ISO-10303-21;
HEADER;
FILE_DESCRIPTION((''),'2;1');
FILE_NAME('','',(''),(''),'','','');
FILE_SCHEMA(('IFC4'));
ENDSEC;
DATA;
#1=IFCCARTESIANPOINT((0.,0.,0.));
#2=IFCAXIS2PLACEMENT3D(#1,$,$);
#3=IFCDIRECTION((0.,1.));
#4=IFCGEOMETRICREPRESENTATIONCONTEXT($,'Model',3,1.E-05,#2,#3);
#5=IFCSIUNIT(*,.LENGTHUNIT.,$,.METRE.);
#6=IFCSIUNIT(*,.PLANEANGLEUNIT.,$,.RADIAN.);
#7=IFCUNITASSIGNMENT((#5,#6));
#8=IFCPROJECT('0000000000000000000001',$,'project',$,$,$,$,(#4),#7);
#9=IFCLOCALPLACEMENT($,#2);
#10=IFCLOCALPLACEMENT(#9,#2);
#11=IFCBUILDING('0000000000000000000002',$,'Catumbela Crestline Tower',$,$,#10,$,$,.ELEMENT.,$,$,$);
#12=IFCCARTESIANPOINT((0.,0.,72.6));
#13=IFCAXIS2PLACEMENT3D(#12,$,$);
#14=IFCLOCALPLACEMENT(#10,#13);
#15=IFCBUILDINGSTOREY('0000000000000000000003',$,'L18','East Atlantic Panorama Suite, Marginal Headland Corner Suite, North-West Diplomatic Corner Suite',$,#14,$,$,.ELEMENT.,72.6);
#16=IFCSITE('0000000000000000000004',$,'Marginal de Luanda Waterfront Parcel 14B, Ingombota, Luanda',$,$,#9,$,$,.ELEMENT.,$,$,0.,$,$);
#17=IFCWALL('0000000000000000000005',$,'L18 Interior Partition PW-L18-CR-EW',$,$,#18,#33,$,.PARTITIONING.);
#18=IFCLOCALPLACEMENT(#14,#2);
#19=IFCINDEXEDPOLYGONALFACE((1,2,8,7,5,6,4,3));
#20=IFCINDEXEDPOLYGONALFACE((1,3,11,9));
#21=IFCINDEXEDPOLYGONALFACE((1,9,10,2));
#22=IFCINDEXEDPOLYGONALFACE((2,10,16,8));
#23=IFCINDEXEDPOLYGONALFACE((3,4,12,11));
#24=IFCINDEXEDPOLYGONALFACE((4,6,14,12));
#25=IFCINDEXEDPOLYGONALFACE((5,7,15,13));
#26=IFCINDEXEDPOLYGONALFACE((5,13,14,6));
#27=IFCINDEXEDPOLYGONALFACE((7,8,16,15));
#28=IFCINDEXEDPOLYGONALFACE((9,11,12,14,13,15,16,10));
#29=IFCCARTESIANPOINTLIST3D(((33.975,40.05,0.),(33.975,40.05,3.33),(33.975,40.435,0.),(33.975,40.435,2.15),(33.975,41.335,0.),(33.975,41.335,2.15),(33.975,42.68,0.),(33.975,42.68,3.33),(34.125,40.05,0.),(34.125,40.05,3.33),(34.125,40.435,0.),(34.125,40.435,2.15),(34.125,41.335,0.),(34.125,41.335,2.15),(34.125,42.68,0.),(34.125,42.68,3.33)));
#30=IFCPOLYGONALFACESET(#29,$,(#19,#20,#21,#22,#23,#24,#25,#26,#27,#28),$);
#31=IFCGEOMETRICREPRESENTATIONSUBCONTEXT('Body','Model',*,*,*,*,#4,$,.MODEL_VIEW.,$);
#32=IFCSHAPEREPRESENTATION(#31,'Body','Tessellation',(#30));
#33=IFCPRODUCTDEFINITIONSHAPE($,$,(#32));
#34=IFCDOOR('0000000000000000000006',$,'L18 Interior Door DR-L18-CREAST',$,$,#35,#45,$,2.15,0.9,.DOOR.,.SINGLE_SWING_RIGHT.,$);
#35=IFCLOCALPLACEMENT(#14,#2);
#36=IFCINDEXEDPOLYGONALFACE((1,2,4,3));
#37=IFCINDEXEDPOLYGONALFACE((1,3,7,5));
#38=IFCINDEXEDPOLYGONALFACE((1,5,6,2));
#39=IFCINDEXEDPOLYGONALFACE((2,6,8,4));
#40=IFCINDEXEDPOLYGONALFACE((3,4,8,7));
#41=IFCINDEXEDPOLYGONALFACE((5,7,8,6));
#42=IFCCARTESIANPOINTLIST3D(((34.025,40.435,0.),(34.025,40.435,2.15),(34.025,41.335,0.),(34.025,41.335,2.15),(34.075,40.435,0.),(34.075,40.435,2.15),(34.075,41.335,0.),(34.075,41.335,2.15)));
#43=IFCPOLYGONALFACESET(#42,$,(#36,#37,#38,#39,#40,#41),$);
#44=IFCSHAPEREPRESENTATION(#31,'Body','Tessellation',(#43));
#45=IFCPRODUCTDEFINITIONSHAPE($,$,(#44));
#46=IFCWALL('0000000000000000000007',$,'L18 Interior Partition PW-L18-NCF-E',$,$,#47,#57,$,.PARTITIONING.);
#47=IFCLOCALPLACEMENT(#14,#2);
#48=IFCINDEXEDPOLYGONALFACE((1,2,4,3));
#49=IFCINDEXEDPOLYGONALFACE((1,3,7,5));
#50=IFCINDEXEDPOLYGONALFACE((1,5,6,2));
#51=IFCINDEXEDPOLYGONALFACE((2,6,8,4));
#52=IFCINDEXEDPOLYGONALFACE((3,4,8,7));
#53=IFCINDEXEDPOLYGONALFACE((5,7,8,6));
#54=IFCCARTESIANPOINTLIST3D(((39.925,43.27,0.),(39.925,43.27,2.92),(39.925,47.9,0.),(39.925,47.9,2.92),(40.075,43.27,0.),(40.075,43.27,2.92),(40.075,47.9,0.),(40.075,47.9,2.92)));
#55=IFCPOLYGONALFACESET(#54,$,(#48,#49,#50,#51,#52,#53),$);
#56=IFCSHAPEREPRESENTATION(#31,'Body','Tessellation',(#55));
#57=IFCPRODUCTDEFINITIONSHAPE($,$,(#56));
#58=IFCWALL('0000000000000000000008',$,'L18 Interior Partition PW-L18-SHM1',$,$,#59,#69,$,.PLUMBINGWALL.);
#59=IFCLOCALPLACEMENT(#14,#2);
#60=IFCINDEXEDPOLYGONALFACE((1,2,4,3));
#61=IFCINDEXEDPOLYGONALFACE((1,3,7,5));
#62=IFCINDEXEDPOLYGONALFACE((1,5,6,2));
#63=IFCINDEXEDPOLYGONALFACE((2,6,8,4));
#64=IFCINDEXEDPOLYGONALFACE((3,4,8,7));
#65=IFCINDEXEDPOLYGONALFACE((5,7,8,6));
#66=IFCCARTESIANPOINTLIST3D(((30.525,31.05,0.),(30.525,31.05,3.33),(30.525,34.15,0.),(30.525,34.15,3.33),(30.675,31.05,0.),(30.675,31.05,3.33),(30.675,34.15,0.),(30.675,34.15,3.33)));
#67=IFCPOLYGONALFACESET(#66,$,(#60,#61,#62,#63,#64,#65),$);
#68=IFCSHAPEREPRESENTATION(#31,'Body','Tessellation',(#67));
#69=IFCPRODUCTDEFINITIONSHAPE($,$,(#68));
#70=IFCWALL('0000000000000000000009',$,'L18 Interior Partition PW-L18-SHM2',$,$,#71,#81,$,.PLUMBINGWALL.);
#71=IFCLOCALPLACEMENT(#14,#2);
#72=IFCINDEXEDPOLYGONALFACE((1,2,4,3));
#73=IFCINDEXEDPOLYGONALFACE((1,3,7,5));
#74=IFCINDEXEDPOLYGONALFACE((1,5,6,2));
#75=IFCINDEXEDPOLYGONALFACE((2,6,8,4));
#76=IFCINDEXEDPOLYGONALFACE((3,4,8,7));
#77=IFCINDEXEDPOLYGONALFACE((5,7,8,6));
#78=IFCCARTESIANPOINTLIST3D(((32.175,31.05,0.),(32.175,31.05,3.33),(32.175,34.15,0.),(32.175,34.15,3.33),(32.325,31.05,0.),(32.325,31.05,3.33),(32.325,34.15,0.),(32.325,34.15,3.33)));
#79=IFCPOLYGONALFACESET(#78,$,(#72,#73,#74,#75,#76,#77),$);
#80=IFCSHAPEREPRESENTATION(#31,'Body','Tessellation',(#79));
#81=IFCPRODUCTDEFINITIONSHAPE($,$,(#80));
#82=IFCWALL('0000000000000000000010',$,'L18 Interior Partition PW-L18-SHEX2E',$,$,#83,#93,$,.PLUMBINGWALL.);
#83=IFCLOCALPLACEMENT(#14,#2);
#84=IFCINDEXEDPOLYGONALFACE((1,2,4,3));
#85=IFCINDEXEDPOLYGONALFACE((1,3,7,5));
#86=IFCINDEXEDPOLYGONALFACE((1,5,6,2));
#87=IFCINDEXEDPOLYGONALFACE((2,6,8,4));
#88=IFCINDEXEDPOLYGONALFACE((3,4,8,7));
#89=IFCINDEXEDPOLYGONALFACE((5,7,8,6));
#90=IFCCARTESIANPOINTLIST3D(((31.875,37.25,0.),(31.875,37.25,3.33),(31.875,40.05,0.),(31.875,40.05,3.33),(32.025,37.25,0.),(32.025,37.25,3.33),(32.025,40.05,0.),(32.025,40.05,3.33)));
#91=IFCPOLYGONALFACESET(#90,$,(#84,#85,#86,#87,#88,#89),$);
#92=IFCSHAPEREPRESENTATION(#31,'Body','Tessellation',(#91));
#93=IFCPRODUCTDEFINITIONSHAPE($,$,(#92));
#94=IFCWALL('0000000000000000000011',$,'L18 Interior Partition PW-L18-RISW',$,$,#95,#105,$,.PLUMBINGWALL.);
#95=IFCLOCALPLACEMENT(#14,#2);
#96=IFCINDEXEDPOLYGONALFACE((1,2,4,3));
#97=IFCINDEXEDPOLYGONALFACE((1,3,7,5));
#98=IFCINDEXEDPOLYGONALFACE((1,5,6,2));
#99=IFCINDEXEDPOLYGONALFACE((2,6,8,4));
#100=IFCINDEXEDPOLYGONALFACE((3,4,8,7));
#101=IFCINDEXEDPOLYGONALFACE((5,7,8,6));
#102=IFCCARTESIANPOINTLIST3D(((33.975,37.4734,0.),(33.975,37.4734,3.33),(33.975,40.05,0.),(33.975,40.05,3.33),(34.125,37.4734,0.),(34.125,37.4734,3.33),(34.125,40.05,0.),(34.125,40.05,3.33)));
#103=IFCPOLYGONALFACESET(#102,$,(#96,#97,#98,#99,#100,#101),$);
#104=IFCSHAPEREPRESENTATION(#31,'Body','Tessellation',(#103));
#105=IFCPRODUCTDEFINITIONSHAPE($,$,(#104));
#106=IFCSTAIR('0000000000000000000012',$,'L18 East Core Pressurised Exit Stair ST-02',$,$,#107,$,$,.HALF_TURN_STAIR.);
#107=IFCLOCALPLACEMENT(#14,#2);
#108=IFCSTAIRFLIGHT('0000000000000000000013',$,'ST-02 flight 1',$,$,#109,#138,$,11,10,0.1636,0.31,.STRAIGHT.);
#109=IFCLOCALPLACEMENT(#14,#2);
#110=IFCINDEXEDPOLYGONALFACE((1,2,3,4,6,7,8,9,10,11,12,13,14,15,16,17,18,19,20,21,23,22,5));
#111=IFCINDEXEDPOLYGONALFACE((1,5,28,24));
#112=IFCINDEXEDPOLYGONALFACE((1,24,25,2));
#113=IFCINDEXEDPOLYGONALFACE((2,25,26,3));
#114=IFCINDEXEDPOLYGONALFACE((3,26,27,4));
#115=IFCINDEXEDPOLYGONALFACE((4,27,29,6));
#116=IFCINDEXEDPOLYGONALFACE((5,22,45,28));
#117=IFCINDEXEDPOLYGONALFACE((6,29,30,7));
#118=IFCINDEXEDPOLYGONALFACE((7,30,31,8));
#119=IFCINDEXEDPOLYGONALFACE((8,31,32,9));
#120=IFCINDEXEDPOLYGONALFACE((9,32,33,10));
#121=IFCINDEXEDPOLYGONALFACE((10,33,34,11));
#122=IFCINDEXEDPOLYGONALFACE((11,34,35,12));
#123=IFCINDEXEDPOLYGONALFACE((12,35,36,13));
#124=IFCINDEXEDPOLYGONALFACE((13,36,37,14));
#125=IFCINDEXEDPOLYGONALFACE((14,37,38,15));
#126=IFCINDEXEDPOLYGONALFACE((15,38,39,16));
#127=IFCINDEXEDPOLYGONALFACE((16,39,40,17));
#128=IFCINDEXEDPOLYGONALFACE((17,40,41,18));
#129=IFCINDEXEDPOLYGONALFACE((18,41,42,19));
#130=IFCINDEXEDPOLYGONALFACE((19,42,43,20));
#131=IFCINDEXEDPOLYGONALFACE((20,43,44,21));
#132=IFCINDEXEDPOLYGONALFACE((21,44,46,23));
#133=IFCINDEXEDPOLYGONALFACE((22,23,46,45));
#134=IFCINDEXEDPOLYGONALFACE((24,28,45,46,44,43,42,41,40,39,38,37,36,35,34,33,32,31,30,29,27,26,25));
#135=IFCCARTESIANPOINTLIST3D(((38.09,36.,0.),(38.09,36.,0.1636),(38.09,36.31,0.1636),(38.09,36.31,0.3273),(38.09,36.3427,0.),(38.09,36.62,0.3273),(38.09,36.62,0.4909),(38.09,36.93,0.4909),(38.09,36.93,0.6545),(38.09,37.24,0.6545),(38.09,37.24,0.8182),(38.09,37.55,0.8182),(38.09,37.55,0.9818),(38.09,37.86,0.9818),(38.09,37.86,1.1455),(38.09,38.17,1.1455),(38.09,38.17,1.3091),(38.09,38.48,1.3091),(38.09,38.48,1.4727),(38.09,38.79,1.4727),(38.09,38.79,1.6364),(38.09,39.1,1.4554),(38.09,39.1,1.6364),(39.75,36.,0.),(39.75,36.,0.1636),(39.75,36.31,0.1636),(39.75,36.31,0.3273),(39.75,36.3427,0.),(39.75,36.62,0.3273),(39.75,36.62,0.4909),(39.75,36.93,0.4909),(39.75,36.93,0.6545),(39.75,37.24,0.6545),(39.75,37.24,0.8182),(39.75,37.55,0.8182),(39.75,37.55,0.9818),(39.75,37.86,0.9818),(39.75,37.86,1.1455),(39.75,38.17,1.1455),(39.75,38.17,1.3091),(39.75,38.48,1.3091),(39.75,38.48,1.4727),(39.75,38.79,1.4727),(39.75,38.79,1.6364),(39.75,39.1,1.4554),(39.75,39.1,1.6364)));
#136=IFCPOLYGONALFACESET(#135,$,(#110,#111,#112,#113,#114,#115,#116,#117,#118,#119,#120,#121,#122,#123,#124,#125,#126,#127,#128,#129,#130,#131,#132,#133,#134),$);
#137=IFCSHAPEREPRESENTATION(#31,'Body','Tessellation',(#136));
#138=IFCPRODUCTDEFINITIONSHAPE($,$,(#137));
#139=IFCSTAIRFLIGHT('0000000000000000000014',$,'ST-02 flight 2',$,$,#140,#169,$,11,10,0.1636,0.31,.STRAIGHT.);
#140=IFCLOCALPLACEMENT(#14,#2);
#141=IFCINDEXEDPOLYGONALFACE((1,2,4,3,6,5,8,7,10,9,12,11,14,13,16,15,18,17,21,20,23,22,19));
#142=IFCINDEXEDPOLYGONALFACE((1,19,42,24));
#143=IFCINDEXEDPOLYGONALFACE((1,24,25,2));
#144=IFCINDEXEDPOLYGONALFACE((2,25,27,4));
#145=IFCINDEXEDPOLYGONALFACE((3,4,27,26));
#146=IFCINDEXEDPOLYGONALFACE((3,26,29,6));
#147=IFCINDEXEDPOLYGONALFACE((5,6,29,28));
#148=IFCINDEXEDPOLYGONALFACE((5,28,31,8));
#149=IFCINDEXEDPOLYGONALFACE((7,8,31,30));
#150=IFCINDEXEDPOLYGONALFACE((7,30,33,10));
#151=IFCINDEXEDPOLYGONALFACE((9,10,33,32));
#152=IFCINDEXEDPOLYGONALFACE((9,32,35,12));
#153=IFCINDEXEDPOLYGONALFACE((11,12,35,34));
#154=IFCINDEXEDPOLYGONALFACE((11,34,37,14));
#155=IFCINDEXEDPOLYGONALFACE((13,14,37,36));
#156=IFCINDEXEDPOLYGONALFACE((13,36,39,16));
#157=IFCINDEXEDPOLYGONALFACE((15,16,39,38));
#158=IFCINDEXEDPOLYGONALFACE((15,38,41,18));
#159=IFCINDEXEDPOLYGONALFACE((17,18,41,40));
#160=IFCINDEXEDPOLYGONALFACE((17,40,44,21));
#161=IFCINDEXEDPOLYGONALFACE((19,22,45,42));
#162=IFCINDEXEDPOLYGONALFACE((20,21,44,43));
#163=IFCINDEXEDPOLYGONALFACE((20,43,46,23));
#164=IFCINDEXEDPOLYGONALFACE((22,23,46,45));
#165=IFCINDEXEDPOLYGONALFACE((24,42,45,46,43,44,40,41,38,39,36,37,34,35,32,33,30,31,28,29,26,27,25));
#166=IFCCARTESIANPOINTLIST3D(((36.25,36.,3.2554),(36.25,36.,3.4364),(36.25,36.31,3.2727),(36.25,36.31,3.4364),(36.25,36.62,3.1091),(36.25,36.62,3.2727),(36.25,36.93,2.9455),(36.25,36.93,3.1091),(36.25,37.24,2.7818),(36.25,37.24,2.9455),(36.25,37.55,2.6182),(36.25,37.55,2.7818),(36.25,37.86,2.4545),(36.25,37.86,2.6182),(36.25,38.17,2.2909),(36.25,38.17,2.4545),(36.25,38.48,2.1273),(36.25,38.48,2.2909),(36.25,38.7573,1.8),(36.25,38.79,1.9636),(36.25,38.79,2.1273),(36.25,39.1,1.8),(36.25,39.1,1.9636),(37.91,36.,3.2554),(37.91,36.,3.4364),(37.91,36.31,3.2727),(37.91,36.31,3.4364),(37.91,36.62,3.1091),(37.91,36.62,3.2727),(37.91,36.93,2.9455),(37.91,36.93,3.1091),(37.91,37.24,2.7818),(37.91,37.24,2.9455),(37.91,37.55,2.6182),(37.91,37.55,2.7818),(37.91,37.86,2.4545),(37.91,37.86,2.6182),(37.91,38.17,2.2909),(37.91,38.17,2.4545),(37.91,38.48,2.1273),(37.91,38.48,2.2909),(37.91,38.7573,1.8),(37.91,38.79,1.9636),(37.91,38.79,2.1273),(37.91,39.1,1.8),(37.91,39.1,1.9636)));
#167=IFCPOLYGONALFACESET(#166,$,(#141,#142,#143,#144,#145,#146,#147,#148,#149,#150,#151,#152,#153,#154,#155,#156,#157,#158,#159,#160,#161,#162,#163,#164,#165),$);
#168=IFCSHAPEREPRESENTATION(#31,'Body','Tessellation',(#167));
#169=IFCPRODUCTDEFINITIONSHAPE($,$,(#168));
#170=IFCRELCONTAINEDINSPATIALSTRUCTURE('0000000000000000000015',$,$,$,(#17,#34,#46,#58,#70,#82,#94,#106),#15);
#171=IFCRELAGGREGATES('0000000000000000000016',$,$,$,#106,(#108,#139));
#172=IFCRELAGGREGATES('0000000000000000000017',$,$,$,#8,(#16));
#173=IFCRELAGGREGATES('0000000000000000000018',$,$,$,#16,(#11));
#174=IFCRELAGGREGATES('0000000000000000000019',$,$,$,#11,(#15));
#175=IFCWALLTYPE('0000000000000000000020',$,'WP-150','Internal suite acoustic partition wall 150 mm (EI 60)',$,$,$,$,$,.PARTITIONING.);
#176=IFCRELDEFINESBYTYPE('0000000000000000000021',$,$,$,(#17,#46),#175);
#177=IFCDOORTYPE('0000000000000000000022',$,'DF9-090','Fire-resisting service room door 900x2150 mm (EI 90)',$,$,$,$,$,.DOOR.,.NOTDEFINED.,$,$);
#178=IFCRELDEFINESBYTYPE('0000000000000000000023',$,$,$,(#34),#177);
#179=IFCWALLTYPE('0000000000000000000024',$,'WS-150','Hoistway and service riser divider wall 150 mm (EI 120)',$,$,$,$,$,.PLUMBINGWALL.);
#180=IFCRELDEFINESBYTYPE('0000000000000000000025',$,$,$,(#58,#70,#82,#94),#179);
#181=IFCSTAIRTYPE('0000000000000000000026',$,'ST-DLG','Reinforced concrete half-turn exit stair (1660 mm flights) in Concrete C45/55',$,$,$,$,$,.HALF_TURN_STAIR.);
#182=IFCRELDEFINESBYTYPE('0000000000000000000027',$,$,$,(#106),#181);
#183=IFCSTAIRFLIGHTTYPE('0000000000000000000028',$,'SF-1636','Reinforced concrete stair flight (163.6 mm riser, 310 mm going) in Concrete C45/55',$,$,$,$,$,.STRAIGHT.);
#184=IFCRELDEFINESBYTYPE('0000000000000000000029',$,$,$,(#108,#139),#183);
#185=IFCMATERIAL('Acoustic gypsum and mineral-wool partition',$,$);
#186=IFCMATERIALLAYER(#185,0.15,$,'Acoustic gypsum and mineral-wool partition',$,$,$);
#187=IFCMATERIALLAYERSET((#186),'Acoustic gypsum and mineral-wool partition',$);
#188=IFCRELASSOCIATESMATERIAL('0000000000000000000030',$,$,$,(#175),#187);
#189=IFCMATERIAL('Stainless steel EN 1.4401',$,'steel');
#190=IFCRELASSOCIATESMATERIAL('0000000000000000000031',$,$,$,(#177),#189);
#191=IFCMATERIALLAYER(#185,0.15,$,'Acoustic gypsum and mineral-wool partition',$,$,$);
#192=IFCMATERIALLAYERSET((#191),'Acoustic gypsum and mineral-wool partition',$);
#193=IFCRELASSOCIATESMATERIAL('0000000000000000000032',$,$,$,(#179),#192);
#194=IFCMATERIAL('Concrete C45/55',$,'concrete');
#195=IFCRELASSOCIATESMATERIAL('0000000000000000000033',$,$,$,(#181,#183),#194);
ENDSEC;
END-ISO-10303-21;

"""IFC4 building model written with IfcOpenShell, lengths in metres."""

from ifc_helpers import new_model, si_unit, direction, frame, frame_2d, origin, place, context, subcontext, project, spatial, polyline, rectangle, outline, extrude, material, layer, layer_set, type_object, element, fill, aggregate, save


model = new_model("IFC4")

# Units and contexts
model_context = context("Model", 3, precision=1e-05, world=origin(), true_north=direction((0.0, 1.0)))
body_context = subcontext(model_context, "Body", "Model", "MODEL_VIEW")
ifc_project = project(units=[si_unit("LENGTHUNIT", "METRE"), si_unit("PLANEANGLEUNIT", "RADIAN")], contexts=[model_context])

# Site, building, storey
site_placement = place(None, origin())
site = spatial("IfcSite", under=ifc_project, at=site_placement, Name="Marginal de Luanda Waterfront Parcel 14B, Ingombota, Luanda", CompositionType="ELEMENT", RefElevation=0.0)
building_placement = place(site_placement, origin())
building = spatial("IfcBuilding", under=site, at=building_placement, Name="Catumbela Crestline Tower", CompositionType="ELEMENT")
storey_placement = place(building_placement, frame((0.0, 0.0, 72.6)))
storey = spatial("IfcBuildingStorey", under=building, at=storey_placement, Name="L18", Description="East Atlantic Panorama Suite, Marginal Headland Corner Suite, North-West Diplomatic Corner Suite", CompositionType="ELEMENT", Elevation=72.6)

# Shared definitions
ifc_material_1 = material(Name="Stainless steel EN 1.4401", Category="steel")

# Shared definitions
ifc_material_2 = material(Name="Acoustic gypsum and mineral-wool partition")
ifc_layer_1 = layer(ifc_material_2, 0.15, Name="Acoustic gypsum and mineral-wool partition")
ifc_layer_set_1 = layer_set([ifc_layer_1], Name="Acoustic gypsum and mineral-wool partition")
wall_type_1 = type_object("IfcWallType", Name="WP-150", Description="Internal suite acoustic partition wall 150 mm (EI 60)", PredefinedType="PARTITIONING", material=ifc_layer_set_1)

# Wall, opening, door
wall_1_placement = place(storey_placement, frame((34.05, 40.05, 0.0), z_axis=(0.0, 0.0, 1.0), x_axis=(0.0, 1.0, 0.0)))
wall_1 = element("IfcWall", 1, at=wall_1_placement, inside=storey, type_object=wall_type_1, Name="L18 Interior Partition PW-L18-CR-EW", PredefinedType="PARTITIONING", context=body_context, shape_type="SweptSolid", body=[
    extrude(rectangle(XDim=2.63, YDim=0.15, at=frame_2d((1.315, 0.0))), origin(), (0.0, 0.0, 1.0), 3.33),
])
opening_1_placement = place(wall_1_placement, frame((0.385, 0.0, 0.0)))
opening_1 = element("IfcOpeningElement", 2, at=opening_1_placement, cuts=wall_1, PredefinedType="OPENING", context=body_context, shape_type="SweptSolid", body=[
    extrude(rectangle(XDim=0.9, YDim=2.15, at=frame_2d((0.45, 1.075))), frame((0.0, 0.085, 0.0), z_axis=(0.0, -1.0, 0.0), x_axis=(1.0, 0.0, 0.0)), (0.0, 0.0, 1.0), 0.17),
])
door_type_1 = type_object("IfcDoorType", Name="DF9-090", Description="Fire-resisting service room door 900x2150 mm (EI 90)", OperationType="NOTDEFINED", PredefinedType="DOOR", material=ifc_material_1)
door_1_placement = place(opening_1_placement, origin())
door_1 = element("IfcDoor", 3, at=door_1_placement, inside=storey, type_object=door_type_1, Name="L18 Interior Door DR-L18-CREAST", OperationType="SINGLE_SWING_RIGHT", OverallHeight=2.15, OverallWidth=0.9, PredefinedType="DOOR", context=body_context, shape_type="SweptSolid", body=[
    extrude(rectangle(XDim=0.9, YDim=2.15, at=frame_2d((0.45, 1.075))), frame((0.0, 0.025, 0.0), z_axis=(0.0, -1.0, 0.0), x_axis=(1.0, 0.0, 0.0)), (0.0, 0.0, 1.0), 0.05),
])
fill(opening_1, door_1)

# Walls
wall_2_placement = place(storey_placement, frame((40.0, 43.27, 0.0), z_axis=(0.0, 0.0, 1.0), x_axis=(0.0, 1.0, 0.0)))
element("IfcWall", 4, at=wall_2_placement, inside=storey, type_object=wall_type_1, Name="L18 Interior Partition PW-L18-NCF-E", PredefinedType="PARTITIONING", context=body_context, shape_type="SweptSolid", body=[
    extrude(rectangle(XDim=4.63, YDim=0.15, at=frame_2d((2.315, 0.0))), origin(), (0.0, 0.0, 1.0), 2.92),
])
ifc_layer_2 = layer(ifc_material_2, 0.15, Name="Acoustic gypsum and mineral-wool partition")
ifc_layer_set_2 = layer_set([ifc_layer_2], Name="Acoustic gypsum and mineral-wool partition")
wall_type_2 = type_object("IfcWallType", Name="WS-150", Description="Hoistway and service riser divider wall 150 mm (EI 120)", PredefinedType="PLUMBINGWALL", material=ifc_layer_set_2)
for number, where, z_axis, x_axis, name in (
    (5, (30.6, 31.05, 0.0), (0.0, 0.0, 1.0), (0.0, 1.0, 0.0), "L18 Interior Partition PW-L18-SHM1"),
    (6, (32.25, 31.05, 0.0), (0.0, 0.0, 1.0), (0.0, 1.0, 0.0), "L18 Interior Partition PW-L18-SHM2"),
):
    element("IfcWall", number, at=place(storey_placement, frame(where, z_axis=z_axis, x_axis=x_axis)), inside=storey, type_object=wall_type_2, Name=name, PredefinedType="PLUMBINGWALL", context=body_context, shape_type="SweptSolid", body=[
        extrude(rectangle(XDim=3.1, YDim=0.15, at=frame_2d((1.55, 0.0))), origin(), (0.0, 0.0, 1.0), 3.33),
    ])
wall_3_placement = place(storey_placement, frame((31.95, 37.25, 0.0), z_axis=(0.0, 0.0, 1.0), x_axis=(0.0, 1.0, 0.0)))
element("IfcWall", 7, at=wall_3_placement, inside=storey, type_object=wall_type_2, Name="L18 Interior Partition PW-L18-SHEX2E", PredefinedType="PLUMBINGWALL", context=body_context, shape_type="SweptSolid", body=[
    extrude(rectangle(XDim=2.8, YDim=0.15, at=frame_2d((1.4, 0.0))), origin(), (0.0, 0.0, 1.0), 3.33),
])
wall_4_placement = place(storey_placement, frame((34.05, 37.4734, 0.0), z_axis=(0.0, 0.0, 1.0), x_axis=(0.0, 1.0, 0.0)))
element("IfcWall", 8, at=wall_4_placement, inside=storey, type_object=wall_type_2, Name="L18 Interior Partition PW-L18-RISW", PredefinedType="PLUMBINGWALL", context=body_context, shape_type="SweptSolid", body=[
    extrude(rectangle(XDim=2.5766, YDim=0.15, at=frame_2d((1.2883, 0.0))), origin(), (0.0, 0.0, 1.0), 3.33),
])

# Stair, stair flights
ifc_material_3 = material(Name="Concrete C45/55", Category="concrete")
stair_type = type_object("IfcStairType", Name="ST-DLG", Description="Reinforced concrete half-turn exit stair (1660 mm flights) in Concrete C45/55", PredefinedType="HALF_TURN_STAIR", material=ifc_material_3)
stair_placement = place(storey_placement, origin())
stair = element("IfcStair", 9, at=stair_placement, inside=storey, type_object=stair_type, Name="L18 East Core Pressurised Exit Stair ST-02", PredefinedType="HALF_TURN_STAIR")
stair_flight_type = type_object("IfcStairFlightType", Name="SF-1636", Description="Reinforced concrete stair flight (163.6 mm riser, 310 mm going) in Concrete C45/55", PredefinedType="STRAIGHT", material=ifc_material_3)
stair_flight_1_placement = place(storey_placement, frame((38.92, 36.0, 0.0), z_axis=(0.0, 0.0, 1.0), x_axis=(0.0, 1.0, 0.0)))
stair_flight_1 = element("IfcStairFlight", 10, at=stair_flight_1_placement, type_object=stair_flight_type, Name="ST-02 flight 1", NumberOfRisers=11, NumberOfTreads=10, PredefinedType="STRAIGHT", RiserHeight=0.1636, TreadLength=0.31, context=body_context, shape_type="SweptSolid", body=[
    extrude(outline(polyline([(0.0, 0.0), (0.0, 0.1636), (0.31, 0.1636), (0.31, 0.3273), (0.62, 0.3273), (0.62, 0.4909), (0.93, 0.4909), (0.93, 0.6545), (1.24, 0.6545), (1.24, 0.8182), (1.55, 0.8182), (1.55, 0.9818), (1.86, 0.9818), (1.86, 1.1455), (2.17, 1.1455), (2.17, 1.3091), (2.48, 1.3091), (2.48, 1.4727), (2.79, 1.4727), (2.79, 1.6364), (3.1, 1.6364), (3.1, 1.8), (3.1, 1.4554), (0.3427, 0.0), (0.0, 0.0)])), frame((0.0, 0.83, 0.0), z_axis=(0.0, -1.0, 0.0), x_axis=(1.0, 0.0, 0.0)), (0.0, 0.0, 1.0), 1.66),
])
stair_flight_2_placement = place(storey_placement, frame((37.08, 39.1, 1.8), z_axis=(0.0, 0.0, 1.0), x_axis=(0.0, -1.0, 0.0)))
stair_flight_2 = element("IfcStairFlight", 11, at=stair_flight_2_placement, type_object=stair_flight_type, Name="ST-02 flight 2", NumberOfRisers=11, NumberOfTreads=10, PredefinedType="STRAIGHT", RiserHeight=0.1636, TreadLength=0.31, context=body_context, shape_type="SweptSolid", body=[
    extrude(outline(polyline([(0.0, 0.0), (0.0, 0.1636), (0.31, 0.1636), (0.31, 0.3273), (0.62, 0.3273), (0.62, 0.4909), (0.93, 0.4909), (0.93, 0.6545), (1.24, 0.6545), (1.24, 0.8182), (1.55, 0.8182), (1.55, 0.9818), (1.86, 0.9818), (1.86, 1.1455), (2.17, 1.1455), (2.17, 1.3091), (2.48, 1.3091), (2.48, 1.4727), (2.79, 1.4727), (2.79, 1.6364), (3.1, 1.6364), (3.1, 1.8), (3.1, 1.4554), (0.3427, 0.0), (0.0, 0.0)])), frame((0.0, 0.83, 0.0), z_axis=(0.0, -1.0, 0.0), x_axis=(1.0, 0.0, 0.0)), (0.0, 0.0, 1.0), 1.66),
])
aggregate(stair, [stair_flight_1, stair_flight_2])

save(model, "model.ifc")
